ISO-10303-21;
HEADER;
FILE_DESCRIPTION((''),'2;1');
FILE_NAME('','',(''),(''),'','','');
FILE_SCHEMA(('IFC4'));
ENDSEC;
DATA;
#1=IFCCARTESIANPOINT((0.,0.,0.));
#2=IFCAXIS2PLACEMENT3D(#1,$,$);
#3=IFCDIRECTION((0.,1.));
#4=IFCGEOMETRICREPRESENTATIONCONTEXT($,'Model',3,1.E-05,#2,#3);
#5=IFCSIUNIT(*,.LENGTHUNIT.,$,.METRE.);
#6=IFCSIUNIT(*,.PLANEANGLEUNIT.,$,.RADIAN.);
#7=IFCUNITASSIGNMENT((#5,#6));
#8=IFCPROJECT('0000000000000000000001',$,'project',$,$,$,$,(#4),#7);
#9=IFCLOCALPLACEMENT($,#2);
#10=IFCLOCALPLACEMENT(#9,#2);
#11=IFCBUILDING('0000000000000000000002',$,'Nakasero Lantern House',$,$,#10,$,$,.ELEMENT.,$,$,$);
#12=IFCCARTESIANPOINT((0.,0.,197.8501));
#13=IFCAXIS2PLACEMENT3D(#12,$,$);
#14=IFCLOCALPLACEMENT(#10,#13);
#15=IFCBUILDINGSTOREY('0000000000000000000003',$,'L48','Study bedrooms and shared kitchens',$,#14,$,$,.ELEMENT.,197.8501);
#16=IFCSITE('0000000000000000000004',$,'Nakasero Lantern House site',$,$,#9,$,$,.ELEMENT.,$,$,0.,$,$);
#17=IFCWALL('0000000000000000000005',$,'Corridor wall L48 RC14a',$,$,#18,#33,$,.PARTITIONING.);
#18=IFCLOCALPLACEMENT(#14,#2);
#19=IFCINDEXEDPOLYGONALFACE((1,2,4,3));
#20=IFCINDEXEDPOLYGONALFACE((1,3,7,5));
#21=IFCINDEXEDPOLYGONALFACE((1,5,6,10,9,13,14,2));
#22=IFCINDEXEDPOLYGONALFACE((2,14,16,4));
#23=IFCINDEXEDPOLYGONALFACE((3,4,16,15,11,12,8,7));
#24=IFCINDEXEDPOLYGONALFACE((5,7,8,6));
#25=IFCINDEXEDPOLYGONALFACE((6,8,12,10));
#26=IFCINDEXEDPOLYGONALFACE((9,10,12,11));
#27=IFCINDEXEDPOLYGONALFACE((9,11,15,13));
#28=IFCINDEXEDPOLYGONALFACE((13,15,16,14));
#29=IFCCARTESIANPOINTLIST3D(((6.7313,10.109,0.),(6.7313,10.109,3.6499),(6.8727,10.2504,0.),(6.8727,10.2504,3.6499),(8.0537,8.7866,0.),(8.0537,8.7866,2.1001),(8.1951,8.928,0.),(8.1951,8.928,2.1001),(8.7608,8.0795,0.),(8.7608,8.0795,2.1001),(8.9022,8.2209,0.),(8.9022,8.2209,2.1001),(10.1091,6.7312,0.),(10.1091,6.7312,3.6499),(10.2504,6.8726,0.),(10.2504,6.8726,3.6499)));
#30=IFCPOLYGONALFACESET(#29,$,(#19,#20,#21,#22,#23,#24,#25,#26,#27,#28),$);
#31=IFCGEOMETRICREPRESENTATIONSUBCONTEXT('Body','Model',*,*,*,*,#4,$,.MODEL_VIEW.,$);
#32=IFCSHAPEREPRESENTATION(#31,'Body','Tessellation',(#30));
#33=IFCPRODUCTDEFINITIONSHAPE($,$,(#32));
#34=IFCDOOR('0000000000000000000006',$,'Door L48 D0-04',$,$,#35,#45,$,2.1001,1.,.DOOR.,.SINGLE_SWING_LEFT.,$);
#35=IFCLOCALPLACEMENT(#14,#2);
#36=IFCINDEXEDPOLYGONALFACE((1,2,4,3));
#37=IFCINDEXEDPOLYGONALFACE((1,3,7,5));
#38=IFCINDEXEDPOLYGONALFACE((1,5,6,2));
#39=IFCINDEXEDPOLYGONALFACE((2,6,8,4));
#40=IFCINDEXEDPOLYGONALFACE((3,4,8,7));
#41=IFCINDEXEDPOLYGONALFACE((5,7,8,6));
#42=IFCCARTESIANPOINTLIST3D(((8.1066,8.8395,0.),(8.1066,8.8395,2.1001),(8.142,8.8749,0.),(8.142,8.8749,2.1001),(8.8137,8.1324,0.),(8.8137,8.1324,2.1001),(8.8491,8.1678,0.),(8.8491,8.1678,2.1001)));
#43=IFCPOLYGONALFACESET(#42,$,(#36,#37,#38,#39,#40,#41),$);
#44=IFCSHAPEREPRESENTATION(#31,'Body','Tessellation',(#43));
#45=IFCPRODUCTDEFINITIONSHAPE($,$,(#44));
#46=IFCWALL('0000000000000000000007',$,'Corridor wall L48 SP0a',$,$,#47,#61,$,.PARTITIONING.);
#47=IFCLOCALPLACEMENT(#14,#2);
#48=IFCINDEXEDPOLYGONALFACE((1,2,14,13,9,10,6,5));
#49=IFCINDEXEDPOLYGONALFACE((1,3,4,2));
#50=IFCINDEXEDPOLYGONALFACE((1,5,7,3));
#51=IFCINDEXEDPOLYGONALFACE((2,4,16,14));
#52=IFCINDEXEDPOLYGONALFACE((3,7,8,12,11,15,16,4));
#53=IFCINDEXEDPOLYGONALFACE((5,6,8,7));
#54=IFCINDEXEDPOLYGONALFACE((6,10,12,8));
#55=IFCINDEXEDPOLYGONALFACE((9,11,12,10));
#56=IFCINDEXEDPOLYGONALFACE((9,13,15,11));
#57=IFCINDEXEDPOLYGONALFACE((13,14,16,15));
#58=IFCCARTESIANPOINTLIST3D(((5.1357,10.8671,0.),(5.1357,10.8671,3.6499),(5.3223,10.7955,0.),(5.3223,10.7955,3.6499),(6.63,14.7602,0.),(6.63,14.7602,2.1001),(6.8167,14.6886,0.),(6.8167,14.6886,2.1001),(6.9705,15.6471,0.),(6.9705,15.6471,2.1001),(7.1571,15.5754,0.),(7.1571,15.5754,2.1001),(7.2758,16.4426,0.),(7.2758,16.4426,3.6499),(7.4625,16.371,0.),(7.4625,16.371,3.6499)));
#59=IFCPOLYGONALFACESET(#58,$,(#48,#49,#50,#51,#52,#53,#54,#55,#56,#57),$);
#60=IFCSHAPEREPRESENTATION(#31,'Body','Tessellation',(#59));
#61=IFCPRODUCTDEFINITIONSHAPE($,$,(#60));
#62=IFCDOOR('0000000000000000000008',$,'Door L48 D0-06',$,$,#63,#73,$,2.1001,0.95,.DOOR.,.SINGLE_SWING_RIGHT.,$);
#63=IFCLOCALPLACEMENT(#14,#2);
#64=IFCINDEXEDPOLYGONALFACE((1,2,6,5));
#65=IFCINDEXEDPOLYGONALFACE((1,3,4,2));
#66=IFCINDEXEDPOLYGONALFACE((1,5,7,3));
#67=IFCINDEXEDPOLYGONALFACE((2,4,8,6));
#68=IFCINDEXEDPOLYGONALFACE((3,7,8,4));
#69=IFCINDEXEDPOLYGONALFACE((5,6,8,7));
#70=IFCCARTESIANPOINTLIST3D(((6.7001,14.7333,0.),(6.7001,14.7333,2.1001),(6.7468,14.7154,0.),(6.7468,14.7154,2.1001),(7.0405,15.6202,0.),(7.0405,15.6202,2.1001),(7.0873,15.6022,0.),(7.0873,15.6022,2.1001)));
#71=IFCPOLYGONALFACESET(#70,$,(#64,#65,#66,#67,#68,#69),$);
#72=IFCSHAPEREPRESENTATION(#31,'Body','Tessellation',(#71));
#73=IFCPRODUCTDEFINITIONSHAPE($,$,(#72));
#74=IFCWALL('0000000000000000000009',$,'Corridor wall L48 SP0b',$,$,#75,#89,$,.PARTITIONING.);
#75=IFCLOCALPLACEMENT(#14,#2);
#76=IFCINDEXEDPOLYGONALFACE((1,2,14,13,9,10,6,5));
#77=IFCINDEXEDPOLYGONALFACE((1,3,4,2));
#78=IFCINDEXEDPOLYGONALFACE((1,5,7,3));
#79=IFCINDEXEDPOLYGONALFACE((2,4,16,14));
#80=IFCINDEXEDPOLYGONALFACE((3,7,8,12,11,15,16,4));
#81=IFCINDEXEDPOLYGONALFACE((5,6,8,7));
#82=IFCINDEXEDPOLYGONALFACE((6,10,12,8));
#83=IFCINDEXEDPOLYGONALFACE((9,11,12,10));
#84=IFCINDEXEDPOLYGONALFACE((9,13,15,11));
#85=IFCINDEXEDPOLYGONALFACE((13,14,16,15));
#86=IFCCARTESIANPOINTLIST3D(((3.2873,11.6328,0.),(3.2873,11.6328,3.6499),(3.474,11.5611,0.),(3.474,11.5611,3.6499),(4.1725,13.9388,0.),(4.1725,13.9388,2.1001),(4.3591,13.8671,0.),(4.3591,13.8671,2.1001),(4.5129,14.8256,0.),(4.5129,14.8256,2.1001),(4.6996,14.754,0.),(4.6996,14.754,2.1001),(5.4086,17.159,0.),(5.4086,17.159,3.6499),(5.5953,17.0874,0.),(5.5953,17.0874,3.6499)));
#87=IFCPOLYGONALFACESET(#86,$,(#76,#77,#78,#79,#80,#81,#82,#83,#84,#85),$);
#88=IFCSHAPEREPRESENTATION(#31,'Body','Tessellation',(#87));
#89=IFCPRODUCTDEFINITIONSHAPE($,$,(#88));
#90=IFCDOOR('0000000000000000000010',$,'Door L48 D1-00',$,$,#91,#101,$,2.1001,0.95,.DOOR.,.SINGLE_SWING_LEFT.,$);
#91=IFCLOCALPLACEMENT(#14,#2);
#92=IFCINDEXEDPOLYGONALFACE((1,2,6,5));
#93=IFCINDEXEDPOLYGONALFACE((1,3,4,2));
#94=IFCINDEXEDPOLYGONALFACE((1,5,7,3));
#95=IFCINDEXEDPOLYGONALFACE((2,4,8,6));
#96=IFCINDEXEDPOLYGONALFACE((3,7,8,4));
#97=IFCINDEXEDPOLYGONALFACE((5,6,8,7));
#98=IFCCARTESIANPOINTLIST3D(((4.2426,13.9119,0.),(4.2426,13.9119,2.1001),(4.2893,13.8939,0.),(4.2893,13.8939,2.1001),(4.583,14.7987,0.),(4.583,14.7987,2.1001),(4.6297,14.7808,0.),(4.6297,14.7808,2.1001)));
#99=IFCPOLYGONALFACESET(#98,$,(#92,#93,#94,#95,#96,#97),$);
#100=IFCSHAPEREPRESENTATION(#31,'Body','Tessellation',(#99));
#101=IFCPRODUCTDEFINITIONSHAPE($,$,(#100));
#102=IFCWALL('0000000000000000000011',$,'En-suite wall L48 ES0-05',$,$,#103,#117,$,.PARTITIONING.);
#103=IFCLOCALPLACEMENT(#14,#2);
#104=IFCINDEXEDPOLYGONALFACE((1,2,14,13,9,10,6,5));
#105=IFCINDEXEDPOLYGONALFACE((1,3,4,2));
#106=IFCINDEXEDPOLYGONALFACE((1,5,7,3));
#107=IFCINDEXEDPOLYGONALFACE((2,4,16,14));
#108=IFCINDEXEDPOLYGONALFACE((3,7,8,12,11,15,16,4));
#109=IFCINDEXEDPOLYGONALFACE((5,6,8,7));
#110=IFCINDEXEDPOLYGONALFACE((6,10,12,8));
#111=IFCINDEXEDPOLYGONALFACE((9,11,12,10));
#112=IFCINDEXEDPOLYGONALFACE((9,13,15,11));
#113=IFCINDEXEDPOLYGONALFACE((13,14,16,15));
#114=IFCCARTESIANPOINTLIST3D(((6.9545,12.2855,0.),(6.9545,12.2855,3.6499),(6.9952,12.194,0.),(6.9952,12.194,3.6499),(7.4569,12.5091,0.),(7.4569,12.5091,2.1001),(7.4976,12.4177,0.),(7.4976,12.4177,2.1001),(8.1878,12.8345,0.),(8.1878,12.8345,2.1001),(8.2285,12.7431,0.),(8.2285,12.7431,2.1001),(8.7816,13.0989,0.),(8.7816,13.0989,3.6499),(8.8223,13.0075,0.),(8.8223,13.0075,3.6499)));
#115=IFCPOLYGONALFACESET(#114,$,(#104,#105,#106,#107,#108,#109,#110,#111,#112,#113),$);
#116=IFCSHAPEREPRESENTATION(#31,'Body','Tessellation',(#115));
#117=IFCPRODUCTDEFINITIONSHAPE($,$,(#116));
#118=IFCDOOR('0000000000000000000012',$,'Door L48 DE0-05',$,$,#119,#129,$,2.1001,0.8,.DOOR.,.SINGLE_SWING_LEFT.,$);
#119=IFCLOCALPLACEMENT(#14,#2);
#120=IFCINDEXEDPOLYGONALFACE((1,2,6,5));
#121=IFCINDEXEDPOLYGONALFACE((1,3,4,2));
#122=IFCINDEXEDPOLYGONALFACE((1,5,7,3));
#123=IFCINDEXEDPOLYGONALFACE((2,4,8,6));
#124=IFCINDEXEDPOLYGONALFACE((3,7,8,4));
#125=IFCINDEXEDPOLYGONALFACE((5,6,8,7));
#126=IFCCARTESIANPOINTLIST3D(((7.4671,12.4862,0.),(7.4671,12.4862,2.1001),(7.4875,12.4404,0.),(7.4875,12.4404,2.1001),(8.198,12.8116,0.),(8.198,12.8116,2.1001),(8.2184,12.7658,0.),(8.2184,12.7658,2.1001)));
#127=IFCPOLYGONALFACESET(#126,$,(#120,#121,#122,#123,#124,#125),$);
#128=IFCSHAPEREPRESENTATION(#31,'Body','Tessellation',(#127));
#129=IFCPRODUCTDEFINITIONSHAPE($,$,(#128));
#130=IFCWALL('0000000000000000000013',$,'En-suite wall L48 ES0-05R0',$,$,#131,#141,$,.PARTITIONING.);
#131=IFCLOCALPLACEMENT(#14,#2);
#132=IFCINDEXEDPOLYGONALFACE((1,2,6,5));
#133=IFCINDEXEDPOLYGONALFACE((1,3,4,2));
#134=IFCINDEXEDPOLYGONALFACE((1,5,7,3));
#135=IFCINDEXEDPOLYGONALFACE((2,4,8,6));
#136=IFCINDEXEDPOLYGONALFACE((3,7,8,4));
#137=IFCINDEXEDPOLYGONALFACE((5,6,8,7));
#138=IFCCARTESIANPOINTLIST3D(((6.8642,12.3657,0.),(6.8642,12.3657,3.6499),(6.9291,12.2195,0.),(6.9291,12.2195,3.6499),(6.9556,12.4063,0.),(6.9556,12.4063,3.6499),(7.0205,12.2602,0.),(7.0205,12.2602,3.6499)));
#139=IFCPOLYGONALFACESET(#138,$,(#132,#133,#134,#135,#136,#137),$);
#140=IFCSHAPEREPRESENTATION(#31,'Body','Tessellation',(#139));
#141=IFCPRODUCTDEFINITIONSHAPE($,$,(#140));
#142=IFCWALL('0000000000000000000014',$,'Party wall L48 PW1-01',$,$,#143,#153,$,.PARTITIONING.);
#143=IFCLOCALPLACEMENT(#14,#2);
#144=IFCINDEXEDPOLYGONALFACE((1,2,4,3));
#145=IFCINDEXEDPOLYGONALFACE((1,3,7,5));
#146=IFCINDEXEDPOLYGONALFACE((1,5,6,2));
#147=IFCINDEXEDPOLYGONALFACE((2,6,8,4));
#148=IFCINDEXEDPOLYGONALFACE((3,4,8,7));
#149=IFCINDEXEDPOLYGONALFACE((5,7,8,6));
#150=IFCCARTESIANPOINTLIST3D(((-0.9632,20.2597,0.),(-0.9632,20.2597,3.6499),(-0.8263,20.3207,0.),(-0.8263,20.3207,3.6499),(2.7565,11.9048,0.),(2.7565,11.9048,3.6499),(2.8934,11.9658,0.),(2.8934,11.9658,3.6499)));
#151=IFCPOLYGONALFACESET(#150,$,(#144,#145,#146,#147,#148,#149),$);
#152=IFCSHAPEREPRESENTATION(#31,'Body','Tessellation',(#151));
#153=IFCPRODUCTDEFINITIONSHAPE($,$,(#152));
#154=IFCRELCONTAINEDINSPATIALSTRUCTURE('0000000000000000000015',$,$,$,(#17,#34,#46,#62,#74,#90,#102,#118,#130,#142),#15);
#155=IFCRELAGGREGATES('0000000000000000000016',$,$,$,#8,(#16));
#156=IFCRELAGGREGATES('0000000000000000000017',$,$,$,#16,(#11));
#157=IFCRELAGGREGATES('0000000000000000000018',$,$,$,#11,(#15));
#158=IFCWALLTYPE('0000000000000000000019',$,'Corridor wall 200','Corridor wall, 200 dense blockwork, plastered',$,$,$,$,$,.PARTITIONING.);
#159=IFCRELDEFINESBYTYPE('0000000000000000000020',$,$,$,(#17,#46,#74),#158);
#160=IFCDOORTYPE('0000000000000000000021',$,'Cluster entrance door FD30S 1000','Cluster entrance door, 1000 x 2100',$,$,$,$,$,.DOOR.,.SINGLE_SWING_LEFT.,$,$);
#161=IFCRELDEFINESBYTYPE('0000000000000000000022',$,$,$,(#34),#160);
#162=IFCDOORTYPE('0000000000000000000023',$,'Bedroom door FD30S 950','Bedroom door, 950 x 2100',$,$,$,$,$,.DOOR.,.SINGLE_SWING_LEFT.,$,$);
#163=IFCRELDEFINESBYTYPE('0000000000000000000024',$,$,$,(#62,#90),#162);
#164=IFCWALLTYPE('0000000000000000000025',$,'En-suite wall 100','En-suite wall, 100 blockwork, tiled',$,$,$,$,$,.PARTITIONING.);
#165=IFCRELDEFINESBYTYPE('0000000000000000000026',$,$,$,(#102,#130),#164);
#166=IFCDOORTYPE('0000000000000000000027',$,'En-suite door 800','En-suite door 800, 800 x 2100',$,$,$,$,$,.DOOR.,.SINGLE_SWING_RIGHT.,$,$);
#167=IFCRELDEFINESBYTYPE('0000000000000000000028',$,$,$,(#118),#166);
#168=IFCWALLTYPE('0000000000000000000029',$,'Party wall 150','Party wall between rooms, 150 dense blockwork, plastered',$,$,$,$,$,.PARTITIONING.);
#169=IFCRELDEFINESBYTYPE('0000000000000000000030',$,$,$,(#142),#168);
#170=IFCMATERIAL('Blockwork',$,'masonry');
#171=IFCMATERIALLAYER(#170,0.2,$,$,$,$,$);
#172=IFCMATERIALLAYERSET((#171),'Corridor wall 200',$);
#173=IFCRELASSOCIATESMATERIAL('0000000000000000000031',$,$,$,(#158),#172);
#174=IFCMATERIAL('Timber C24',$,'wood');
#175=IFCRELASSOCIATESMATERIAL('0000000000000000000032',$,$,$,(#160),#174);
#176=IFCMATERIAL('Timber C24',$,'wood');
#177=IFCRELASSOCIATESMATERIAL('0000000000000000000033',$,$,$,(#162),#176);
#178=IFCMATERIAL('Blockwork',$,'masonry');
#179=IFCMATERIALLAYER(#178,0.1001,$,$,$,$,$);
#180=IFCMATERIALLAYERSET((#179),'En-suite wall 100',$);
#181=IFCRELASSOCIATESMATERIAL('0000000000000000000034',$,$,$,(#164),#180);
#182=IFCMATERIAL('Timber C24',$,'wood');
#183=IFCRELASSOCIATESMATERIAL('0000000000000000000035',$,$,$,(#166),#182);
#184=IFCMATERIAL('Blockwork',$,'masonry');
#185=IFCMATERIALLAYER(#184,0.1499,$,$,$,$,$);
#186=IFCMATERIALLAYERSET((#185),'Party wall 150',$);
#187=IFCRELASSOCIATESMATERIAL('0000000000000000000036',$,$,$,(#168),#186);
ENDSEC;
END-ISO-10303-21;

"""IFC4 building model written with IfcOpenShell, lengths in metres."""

from ifc_helpers import new_model, si_unit, direction, frame, frame_2d, origin, place, context, subcontext, project, spatial, rectangle, extrude, material, layer, layer_set, type_object, element, fill, save


model = new_model("IFC4")

# Units and contexts
model_context = context("Model", 3, precision=1e-05, world=origin(), true_north=direction((0.0, 1.0)))
body_context = subcontext(model_context, "Body", "Model", "MODEL_VIEW")
ifc_project = project(units=[si_unit("LENGTHUNIT", "METRE"), si_unit("PLANEANGLEUNIT", "RADIAN")], contexts=[model_context])

# Site, building, storey
site_placement = place(None, origin())
site = spatial("IfcSite", under=ifc_project, at=site_placement, Name="Nakasero Lantern House site", CompositionType="ELEMENT", RefElevation=0.0)
building_placement = place(site_placement, origin())
building = spatial("IfcBuilding", under=site, at=building_placement, Name="Nakasero Lantern House", CompositionType="ELEMENT")
storey_placement = place(building_placement, frame((0.0, 0.0, 197.8501)))
storey = spatial("IfcBuildingStorey", under=building, at=storey_placement, Name="L48", Description="Study bedrooms and shared kitchens", CompositionType="ELEMENT", Elevation=197.8501)

# Shared definitions
ifc_material_1 = material(Name="Blockwork", Category="masonry")
ifc_layer_1 = layer(ifc_material_1, 0.2)
ifc_layer_set_1 = layer_set([ifc_layer_1], Name="Corridor wall 200")
wall_type_1 = type_object("IfcWallType", Name="Corridor wall 200", Description="Corridor wall, 200 dense blockwork, plastered", PredefinedType="PARTITIONING", material=ifc_layer_set_1)

# Walls, openings, doors
wall_1_placement = place(storey_placement, frame((6.802, 10.1797, 0.0), z_axis=(0.0, 0.0, 1.0), x_axis=(0.707107, -0.707107, 0.0)))
wall_1 = element("IfcWall", 1, at=wall_1_placement, inside=storey, type_object=wall_type_1, Name="Corridor wall L48 RC14a", PredefinedType="PARTITIONING", context=body_context, shape_type="SweptSolid", body=[
    extrude(rectangle(XDim=4.7769, YDim=0.2, at=frame_2d((2.3884, 0.0))), origin(), (0.0, 0.0, 1.0), 3.6499),
])
opening_1_placement = place(wall_1_placement, frame((1.8701, 0.0, 0.0)))
opening_1 = element("IfcOpeningElement", 2, at=opening_1_placement, cuts=wall_1, PredefinedType="OPENING", context=body_context, shape_type="SweptSolid", body=[
    extrude(rectangle(XDim=1.0, YDim=2.1001, at=frame_2d((0.5, 1.05))), frame((0.0, 0.1199, 0.0), z_axis=(0.0, -1.0, 0.0), x_axis=(1.0, 0.0, 0.0)), (0.0, 0.0, 1.0), 0.24),
])
ifc_material_2 = material(Name="Timber C24", Category="wood")
door_type_1 = type_object("IfcDoorType", Name="Cluster entrance door FD30S 1000", Description="Cluster entrance door, 1000 x 2100", OperationType="SINGLE_SWING_LEFT", PredefinedType="DOOR", material=ifc_material_2)
door_1_placement = place(opening_1_placement, origin())
door_1 = element("IfcDoor", 3, at=door_1_placement, inside=storey, type_object=door_type_1, Name="Door L48 D0-04", OperationType="SINGLE_SWING_LEFT", OverallHeight=2.1001, OverallWidth=1.0, PredefinedType="DOOR", context=body_context, shape_type="SweptSolid", body=[
    extrude(rectangle(XDim=1.0, YDim=2.1001, at=frame_2d((0.5, 1.05))), frame((0.0, 0.0249, 0.0), z_axis=(0.0, -1.0, 0.0), x_axis=(1.0, 0.0, 0.0)), (0.0, 0.0, 1.0), 0.05),
])
fill(opening_1, door_1)
wall_2_placement = place(storey_placement, frame((5.229, 10.8313, 0.0), z_axis=(0.0, 0.0, 1.0), x_axis=(0.358357, 0.933585, 0.0)))
wall_2 = element("IfcWall", 4, at=wall_2_placement, inside=storey, type_object=wall_type_1, Name="Corridor wall L48 SP0a", PredefinedType="PARTITIONING", context=body_context, shape_type="SweptSolid", body=[
    extrude(rectangle(XDim=5.9722, YDim=0.2, at=frame_2d((2.9861, 0.0))), origin(), (0.0, 0.0, 1.0), 3.6499),
])
opening_2_placement = place(wall_2_placement, frame((4.1699, 0.0, 0.0)))
opening_2 = element("IfcOpeningElement", 5, at=opening_2_placement, cuts=wall_2, PredefinedType="OPENING", context=body_context, shape_type="SweptSolid", body=[
    extrude(rectangle(XDim=0.95, YDim=2.1001, at=frame_2d((0.4751, 1.05))), frame((0.0, 0.1199, 0.0), z_axis=(0.0, -1.0, 0.0), x_axis=(1.0, 0.0, 0.0)), (0.0, 0.0, 1.0), 0.24),
])
ifc_material_3 = material(Name="Timber C24", Category="wood")
door_type_2 = type_object("IfcDoorType", Name="Bedroom door FD30S 950", Description="Bedroom door, 950 x 2100", OperationType="SINGLE_SWING_LEFT", PredefinedType="DOOR", material=ifc_material_3)
door_2_placement = place(opening_2_placement, origin())
door_2 = element("IfcDoor", 6, at=door_2_placement, inside=storey, type_object=door_type_2, Name="Door L48 D0-06", OperationType="SINGLE_SWING_RIGHT", OverallHeight=2.1001, OverallWidth=0.95, PredefinedType="DOOR", context=body_context, shape_type="SweptSolid", body=[
    extrude(rectangle(XDim=0.95, YDim=2.1001, at=frame_2d((0.4751, 1.05))), frame((0.0, 0.0249, 0.0), z_axis=(0.0, -1.0, 0.0), x_axis=(1.0, 0.0, 0.0)), (0.0, 0.0, 1.0), 0.05),
])
fill(opening_2, door_2)
wall_3_placement = place(storey_placement, frame((3.3806, 11.5969, 0.0), z_axis=(0.0, 0.0, 1.0), x_axis=(0.358363, 0.933582, 0.0)))
wall_3 = element("IfcWall", 7, at=wall_3_placement, inside=storey, type_object=wall_type_1, Name="Corridor wall L48 SP0b", PredefinedType="PARTITIONING", context=body_context, shape_type="SweptSolid", body=[
    extrude(rectangle(XDim=5.9194, YDim=0.2, at=frame_2d((2.9597, 0.0))), origin(), (0.0, 0.0, 1.0), 3.6499),
])
opening_3_placement = place(wall_3_placement, frame((2.47, 0.0, 0.0)))
opening_3 = element("IfcOpeningElement", 8, at=opening_3_placement, cuts=wall_3, PredefinedType="OPENING", context=body_context, shape_type="SweptSolid", body=[
    extrude(rectangle(XDim=0.95, YDim=2.1001, at=frame_2d((0.4751, 1.05))), frame((0.0, 0.1199, 0.0), z_axis=(0.0, -1.0, 0.0), x_axis=(1.0, 0.0, 0.0)), (0.0, 0.0, 1.0), 0.24),
])
door_3_placement = place(opening_3_placement, origin())
door_3 = element("IfcDoor", 9, at=door_3_placement, inside=storey, type_object=door_type_2, Name="Door L48 D1-00", OperationType="SINGLE_SWING_LEFT", OverallHeight=2.1001, OverallWidth=0.95, PredefinedType="DOOR", context=body_context, shape_type="SweptSolid", body=[
    extrude(rectangle(XDim=0.95, YDim=2.1001, at=frame_2d((0.4751, 1.05))), frame((0.0, 0.0249, 0.0), z_axis=(0.0, -1.0, 0.0), x_axis=(1.0, 0.0, 0.0)), (0.0, 0.0, 1.0), 0.05),
])
fill(opening_3, door_3)
ifc_material_4 = material(Name="Blockwork", Category="masonry")
ifc_layer_2 = layer(ifc_material_4, 0.1001)
ifc_layer_set_2 = layer_set([ifc_layer_2], Name="En-suite wall 100")
wall_type_2 = type_object("IfcWallType", Name="En-suite wall 100", Description="En-suite wall, 100 blockwork, tiled", PredefinedType="PARTITIONING", material=ifc_layer_set_2)
wall_4_placement = place(storey_placement, frame((6.9749, 12.2397, 0.0), z_axis=(0.0, 0.0, 1.0), x_axis=(0.91355, 0.406727, 0.0)))
wall_4 = element("IfcWall", 10, at=wall_4_placement, inside=storey, type_object=wall_type_2, Name="En-suite wall L48 ES0-05", PredefinedType="PARTITIONING", context=body_context, shape_type="SweptSolid", body=[
    extrude(rectangle(XDim=2.0, YDim=0.1001, at=frame_2d((1.0, 0.0))), origin(), (0.0, 0.0, 1.0), 3.6499),
])
opening_4_placement = place(wall_4_placement, frame((0.55, 0.0, 0.0)))
opening_4 = element("IfcOpeningElement", 11, at=opening_4_placement, cuts=wall_4, PredefinedType="OPENING", context=body_context, shape_type="SweptSolid", body=[
    extrude(rectangle(XDim=0.8, YDim=2.1001, at=frame_2d((0.3999, 1.05))), frame((0.0, 0.0701, 0.0), z_axis=(0.0, -1.0, 0.0), x_axis=(1.0, 0.0, 0.0)), (0.0, 0.0, 1.0), 0.1401),
])
ifc_material_5 = material(Name="Timber C24", Category="wood")
door_type_3 = type_object("IfcDoorType", Name="En-suite door 800", Description="En-suite door 800, 800 x 2100", OperationType="SINGLE_SWING_RIGHT", PredefinedType="DOOR", material=ifc_material_5)
door_4_placement = place(opening_4_placement, origin())
door_4 = element("IfcDoor", 12, at=door_4_placement, inside=storey, type_object=door_type_3, Name="Door L48 DE0-05", OperationType="SINGLE_SWING_LEFT", OverallHeight=2.1001, OverallWidth=0.8, PredefinedType="DOOR", context=body_context, shape_type="SweptSolid", body=[
    extrude(rectangle(XDim=0.8, YDim=2.1001, at=frame_2d((0.3999, 1.05))), frame((0.0, 0.0249, 0.0), z_axis=(0.0, -1.0, 0.0), x_axis=(1.0, 0.0, 0.0)), (0.0, 0.0, 1.0), 0.05),
])
fill(opening_4, door_4)

# Walls
wall_5_placement = place(storey_placement, frame((6.9749, 12.2397, 0.0), z_axis=(0.0, 0.0, 1.0), x_axis=(-0.405855, 0.913937, 0.0)))
element("IfcWall", 13, at=wall_5_placement, inside=storey, type_object=wall_type_2, Name="En-suite wall L48 ES0-05R0", PredefinedType="PARTITIONING", context=body_context, shape_type="SweptSolid", body=[
    extrude(rectangle(XDim=0.1599, YDim=0.1001, at=frame_2d((0.0801, 0.0))), origin(), (0.0, 0.0, 1.0), 3.6499),
])
ifc_material_6 = material(Name="Blockwork", Category="masonry")
ifc_layer_3 = layer(ifc_material_6, 0.1499)
ifc_layer_set_3 = layer_set([ifc_layer_3], Name="Party wall 150")
wall_type_3 = type_object("IfcWallType", Name="Party wall 150", Description="Party wall between rooms, 150 dense blockwork, plastered", PredefinedType="PARTITIONING", material=ifc_layer_set_3)
wall_6_placement = place(storey_placement, frame((2.825, 11.9353, 0.0), z_axis=(0.0, 0.0, 1.0), x_axis=(-0.406723, 0.913552, 0.0)))
element("IfcWall", 14, at=wall_6_placement, inside=storey, type_object=wall_type_3, Name="Party wall L48 PW1-01", PredefinedType="PARTITIONING", context=body_context, shape_type="SweptSolid", body=[
    extrude(rectangle(XDim=9.1455, YDim=0.1499, at=frame_2d((4.5728, 0.0))), origin(), (0.0, 0.0, 1.0), 3.6499),
])

save(model, "model.ifc")
